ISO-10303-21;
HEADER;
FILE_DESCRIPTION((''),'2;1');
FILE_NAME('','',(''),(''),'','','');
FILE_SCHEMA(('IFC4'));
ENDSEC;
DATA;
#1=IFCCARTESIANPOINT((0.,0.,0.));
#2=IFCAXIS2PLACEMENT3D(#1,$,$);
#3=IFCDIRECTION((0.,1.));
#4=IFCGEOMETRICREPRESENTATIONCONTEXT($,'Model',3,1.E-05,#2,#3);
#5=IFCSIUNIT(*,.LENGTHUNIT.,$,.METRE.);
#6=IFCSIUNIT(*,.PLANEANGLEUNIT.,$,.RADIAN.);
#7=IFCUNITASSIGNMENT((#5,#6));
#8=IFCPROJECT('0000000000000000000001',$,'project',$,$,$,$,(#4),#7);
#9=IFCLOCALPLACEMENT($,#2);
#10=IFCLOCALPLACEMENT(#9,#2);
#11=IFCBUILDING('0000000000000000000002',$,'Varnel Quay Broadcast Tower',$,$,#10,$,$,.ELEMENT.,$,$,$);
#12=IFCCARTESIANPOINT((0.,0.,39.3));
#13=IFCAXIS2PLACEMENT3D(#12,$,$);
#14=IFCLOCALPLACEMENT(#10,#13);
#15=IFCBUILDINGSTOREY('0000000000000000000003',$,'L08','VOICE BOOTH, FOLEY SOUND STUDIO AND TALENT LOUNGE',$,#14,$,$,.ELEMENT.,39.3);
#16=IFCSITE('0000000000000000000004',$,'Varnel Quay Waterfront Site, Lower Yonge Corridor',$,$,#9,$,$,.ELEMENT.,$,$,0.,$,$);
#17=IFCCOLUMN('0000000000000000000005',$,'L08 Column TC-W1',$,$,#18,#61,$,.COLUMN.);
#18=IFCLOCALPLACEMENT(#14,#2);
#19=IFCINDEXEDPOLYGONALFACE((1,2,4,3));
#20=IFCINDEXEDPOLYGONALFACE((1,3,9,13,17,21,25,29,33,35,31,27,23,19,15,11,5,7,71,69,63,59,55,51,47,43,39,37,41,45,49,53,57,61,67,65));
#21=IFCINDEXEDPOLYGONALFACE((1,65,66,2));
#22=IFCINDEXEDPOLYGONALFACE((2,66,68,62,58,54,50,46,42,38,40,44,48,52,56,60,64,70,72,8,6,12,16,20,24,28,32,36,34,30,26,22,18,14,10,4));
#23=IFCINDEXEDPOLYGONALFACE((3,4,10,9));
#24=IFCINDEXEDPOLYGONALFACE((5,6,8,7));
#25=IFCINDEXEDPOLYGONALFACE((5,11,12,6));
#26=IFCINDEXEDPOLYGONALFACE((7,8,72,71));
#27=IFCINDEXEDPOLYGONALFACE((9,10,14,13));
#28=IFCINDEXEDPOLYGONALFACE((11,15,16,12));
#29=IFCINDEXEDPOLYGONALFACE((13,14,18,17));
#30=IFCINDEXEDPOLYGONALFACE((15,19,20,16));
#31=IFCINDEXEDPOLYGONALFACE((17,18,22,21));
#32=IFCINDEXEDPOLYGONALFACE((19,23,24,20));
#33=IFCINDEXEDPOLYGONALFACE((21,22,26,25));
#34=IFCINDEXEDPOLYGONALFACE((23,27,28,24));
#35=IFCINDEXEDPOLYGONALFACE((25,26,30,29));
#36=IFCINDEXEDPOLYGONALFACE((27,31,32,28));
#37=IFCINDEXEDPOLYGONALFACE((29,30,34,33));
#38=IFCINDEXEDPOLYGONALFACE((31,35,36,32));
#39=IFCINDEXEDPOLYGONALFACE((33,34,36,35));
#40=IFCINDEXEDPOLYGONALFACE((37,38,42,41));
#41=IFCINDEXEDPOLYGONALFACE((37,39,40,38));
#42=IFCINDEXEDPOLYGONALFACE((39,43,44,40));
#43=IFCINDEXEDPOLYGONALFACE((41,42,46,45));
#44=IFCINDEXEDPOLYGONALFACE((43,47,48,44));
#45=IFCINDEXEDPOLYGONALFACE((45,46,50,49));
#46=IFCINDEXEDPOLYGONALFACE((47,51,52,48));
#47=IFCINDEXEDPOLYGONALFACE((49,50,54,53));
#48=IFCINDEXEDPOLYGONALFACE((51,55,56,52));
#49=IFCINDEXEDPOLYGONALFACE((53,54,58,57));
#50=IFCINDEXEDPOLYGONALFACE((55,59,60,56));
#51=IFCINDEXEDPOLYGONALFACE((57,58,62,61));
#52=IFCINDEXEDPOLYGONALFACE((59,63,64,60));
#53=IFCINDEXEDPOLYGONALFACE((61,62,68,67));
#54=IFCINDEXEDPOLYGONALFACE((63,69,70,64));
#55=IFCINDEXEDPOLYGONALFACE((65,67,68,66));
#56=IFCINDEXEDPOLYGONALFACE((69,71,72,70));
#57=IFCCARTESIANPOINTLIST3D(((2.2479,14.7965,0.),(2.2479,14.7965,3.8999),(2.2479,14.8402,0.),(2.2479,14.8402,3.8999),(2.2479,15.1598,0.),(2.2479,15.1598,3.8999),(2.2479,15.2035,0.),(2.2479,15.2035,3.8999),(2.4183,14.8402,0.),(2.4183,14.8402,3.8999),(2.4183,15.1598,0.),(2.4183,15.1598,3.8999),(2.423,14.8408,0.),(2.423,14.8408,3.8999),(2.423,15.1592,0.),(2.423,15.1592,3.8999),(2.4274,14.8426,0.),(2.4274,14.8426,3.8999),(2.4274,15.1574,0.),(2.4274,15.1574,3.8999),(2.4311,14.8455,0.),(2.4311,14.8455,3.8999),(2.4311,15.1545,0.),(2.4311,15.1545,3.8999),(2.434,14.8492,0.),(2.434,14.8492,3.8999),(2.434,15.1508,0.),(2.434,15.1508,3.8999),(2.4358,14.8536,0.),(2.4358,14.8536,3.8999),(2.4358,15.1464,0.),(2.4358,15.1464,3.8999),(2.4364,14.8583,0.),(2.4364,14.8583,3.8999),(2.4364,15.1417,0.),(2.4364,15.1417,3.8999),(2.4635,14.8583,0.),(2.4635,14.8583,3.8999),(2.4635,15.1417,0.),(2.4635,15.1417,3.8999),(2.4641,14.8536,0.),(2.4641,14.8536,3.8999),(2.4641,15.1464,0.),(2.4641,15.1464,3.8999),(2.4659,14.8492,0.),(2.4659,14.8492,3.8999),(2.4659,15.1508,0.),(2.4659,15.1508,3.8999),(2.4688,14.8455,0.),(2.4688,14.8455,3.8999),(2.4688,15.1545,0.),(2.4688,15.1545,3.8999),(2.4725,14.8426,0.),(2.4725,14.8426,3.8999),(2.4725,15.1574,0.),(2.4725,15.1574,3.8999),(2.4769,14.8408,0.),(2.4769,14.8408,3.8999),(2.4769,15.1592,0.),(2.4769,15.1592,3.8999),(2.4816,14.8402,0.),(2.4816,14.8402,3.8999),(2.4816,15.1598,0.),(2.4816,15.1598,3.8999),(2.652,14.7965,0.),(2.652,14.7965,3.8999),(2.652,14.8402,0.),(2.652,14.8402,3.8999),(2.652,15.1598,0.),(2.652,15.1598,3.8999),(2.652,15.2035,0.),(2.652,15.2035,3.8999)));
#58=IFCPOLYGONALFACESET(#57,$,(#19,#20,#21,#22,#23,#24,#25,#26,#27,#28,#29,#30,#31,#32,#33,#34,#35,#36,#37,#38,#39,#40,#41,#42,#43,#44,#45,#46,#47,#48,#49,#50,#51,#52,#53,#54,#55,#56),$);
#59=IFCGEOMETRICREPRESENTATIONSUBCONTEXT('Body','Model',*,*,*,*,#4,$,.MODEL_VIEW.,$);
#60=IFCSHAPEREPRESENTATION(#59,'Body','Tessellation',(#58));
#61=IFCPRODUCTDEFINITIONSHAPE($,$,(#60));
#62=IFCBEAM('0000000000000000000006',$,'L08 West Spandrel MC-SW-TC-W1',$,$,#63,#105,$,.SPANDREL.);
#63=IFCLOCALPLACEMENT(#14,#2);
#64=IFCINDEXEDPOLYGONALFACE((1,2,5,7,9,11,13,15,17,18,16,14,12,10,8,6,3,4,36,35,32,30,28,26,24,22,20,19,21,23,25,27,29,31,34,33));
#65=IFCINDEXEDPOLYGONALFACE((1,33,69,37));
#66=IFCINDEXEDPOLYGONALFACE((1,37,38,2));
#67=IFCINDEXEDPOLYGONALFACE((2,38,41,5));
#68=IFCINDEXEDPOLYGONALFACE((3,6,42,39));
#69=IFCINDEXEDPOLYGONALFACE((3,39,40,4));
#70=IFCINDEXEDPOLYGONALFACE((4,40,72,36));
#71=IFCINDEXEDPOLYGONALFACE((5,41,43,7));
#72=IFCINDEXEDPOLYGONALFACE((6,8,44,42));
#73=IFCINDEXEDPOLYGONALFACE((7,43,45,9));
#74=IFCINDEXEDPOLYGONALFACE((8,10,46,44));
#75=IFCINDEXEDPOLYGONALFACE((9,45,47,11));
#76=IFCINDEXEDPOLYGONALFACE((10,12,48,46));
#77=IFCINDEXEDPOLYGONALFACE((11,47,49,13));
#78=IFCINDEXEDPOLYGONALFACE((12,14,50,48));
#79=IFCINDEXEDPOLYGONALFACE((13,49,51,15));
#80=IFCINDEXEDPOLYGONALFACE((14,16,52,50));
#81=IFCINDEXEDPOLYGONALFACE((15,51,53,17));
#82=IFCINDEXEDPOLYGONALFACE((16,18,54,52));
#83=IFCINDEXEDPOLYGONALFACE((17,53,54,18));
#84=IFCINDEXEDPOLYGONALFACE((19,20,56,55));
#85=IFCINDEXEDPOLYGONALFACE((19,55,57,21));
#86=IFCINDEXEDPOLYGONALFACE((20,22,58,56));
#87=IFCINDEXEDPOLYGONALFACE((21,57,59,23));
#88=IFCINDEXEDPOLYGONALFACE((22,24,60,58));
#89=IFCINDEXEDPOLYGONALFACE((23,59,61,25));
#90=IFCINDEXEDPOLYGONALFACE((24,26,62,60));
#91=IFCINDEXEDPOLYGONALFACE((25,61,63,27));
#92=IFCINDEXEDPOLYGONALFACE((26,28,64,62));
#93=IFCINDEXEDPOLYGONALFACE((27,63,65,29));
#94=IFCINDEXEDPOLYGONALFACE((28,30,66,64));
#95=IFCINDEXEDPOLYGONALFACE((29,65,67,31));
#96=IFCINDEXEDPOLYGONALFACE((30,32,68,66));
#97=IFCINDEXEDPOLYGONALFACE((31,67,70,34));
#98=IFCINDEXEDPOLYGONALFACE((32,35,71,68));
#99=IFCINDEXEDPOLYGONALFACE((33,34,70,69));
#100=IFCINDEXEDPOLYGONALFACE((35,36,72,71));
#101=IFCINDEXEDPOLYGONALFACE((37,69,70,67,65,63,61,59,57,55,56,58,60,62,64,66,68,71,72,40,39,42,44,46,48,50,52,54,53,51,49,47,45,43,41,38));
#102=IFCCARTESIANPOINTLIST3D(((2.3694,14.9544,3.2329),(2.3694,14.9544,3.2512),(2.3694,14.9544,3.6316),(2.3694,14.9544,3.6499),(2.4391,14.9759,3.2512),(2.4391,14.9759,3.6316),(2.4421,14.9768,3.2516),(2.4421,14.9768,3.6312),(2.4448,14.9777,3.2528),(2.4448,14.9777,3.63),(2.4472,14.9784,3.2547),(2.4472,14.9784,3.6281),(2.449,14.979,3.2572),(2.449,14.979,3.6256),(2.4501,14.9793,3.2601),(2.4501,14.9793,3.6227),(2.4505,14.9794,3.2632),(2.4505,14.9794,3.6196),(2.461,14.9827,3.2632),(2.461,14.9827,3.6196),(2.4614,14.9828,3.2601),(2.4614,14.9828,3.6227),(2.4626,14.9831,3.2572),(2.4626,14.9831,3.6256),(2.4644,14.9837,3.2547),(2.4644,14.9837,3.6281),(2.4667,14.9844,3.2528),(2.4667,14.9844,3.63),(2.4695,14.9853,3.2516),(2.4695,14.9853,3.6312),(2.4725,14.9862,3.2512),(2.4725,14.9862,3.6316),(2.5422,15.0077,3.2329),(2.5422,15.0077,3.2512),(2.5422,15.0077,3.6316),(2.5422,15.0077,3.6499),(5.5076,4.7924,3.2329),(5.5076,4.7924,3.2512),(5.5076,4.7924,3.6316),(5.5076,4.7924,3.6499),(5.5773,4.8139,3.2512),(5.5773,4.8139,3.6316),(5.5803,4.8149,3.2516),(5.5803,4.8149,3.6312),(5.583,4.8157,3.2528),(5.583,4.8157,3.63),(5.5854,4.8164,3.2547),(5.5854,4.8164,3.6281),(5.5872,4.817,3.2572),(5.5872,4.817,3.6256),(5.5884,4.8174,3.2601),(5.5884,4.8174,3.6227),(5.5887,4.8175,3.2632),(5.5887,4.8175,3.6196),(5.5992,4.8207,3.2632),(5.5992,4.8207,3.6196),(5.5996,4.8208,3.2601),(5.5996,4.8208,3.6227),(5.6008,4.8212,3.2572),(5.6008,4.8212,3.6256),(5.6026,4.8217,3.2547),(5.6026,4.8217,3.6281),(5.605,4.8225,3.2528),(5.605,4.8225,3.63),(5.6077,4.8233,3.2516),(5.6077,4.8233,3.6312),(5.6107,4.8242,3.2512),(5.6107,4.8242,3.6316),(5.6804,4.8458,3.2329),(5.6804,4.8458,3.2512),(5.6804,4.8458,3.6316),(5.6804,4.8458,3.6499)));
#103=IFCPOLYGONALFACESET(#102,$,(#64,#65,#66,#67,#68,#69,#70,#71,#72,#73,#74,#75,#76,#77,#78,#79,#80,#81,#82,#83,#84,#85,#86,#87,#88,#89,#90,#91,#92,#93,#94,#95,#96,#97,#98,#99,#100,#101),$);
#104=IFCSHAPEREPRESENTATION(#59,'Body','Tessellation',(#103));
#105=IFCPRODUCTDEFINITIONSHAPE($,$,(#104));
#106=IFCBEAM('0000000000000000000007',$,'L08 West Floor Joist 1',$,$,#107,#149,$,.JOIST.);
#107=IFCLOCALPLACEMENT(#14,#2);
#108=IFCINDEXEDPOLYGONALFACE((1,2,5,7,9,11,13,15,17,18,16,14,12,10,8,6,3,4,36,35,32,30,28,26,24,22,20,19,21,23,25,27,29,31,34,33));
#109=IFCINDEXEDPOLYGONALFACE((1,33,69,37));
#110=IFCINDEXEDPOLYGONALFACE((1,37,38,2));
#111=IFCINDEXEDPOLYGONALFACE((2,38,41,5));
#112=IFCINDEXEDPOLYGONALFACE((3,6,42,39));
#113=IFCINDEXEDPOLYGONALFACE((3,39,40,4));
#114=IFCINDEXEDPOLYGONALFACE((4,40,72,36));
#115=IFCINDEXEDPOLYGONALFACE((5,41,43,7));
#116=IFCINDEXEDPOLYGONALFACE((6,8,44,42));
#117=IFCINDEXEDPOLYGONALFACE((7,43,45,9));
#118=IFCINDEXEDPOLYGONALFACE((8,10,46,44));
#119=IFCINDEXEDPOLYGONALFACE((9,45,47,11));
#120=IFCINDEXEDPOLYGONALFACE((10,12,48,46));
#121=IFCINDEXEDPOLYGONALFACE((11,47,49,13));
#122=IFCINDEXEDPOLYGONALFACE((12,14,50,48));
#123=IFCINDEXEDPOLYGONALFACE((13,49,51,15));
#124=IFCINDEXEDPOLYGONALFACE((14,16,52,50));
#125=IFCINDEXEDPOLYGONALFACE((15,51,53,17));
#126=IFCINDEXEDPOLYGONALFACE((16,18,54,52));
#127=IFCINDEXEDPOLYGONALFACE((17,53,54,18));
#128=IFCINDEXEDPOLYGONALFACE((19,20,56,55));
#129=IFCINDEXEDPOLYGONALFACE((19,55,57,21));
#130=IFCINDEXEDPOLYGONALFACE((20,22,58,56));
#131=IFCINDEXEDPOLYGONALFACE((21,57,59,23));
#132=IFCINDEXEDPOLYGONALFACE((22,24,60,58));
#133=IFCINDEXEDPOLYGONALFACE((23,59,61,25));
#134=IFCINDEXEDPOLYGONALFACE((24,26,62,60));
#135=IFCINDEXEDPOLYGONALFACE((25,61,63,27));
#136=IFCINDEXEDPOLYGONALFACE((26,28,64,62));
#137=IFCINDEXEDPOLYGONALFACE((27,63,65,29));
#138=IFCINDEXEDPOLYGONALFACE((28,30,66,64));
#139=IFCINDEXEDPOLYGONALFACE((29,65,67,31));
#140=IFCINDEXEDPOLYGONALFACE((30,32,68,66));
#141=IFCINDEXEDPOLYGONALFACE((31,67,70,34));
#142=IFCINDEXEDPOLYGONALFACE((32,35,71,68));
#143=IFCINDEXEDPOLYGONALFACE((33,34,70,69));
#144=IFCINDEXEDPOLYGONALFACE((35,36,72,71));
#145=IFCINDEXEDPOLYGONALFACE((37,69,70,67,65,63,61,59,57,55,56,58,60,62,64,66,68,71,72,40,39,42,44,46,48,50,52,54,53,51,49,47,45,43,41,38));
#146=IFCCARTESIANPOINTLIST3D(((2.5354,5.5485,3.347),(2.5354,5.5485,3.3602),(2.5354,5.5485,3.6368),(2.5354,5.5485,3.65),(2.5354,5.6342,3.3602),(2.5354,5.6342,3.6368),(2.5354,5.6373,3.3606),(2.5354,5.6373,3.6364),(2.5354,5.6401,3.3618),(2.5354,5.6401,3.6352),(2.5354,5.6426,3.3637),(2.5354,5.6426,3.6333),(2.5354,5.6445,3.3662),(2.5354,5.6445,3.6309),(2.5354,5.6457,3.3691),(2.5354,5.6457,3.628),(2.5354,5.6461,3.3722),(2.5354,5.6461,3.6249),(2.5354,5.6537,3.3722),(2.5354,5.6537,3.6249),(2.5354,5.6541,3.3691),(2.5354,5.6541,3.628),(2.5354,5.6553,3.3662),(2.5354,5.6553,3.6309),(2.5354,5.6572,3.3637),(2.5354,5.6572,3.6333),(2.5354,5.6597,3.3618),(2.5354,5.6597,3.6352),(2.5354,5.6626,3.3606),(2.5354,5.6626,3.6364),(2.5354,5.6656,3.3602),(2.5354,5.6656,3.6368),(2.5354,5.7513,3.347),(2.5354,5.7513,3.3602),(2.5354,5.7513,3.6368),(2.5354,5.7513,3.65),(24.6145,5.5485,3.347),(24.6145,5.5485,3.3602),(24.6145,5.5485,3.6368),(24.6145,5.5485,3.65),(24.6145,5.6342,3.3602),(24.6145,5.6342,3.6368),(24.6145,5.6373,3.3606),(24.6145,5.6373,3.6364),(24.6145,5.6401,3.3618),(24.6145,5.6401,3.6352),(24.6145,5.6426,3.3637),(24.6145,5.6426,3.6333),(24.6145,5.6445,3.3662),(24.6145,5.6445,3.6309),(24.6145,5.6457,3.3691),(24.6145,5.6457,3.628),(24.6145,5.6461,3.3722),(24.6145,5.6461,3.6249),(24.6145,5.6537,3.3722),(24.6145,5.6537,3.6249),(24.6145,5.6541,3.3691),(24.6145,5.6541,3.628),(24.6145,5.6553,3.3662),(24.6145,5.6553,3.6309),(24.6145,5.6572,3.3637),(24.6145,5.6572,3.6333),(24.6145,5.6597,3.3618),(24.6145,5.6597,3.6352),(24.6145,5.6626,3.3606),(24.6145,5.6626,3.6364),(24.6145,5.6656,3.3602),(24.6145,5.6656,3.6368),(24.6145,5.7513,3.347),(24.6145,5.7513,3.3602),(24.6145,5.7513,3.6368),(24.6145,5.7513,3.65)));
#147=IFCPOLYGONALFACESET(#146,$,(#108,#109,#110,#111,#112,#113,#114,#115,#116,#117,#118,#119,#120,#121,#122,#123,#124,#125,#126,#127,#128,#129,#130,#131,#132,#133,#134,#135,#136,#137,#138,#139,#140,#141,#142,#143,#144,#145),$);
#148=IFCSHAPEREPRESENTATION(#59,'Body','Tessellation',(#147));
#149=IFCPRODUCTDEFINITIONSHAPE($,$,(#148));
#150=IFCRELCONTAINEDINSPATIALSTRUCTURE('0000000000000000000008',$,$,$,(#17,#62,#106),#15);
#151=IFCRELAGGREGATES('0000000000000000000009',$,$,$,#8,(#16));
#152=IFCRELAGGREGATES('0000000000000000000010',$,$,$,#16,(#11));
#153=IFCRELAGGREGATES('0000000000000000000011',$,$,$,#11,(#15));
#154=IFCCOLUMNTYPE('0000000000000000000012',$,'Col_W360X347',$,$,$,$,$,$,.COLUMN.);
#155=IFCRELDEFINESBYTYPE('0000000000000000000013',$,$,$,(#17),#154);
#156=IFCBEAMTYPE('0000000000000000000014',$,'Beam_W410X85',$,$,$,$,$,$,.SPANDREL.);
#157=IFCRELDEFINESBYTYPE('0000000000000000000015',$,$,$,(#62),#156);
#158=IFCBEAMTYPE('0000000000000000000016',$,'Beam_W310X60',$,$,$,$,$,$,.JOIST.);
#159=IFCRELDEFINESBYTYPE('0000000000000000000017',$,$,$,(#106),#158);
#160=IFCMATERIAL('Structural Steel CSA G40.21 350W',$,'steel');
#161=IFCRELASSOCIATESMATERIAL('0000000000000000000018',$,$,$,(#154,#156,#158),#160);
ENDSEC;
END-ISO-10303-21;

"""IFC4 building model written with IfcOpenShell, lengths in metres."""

from ifc_helpers import new_model, si_unit, direction, frame, origin, origin_2d, place, context, subcontext, project, spatial, i_section, extrude, source, transform, mapped, material, material_profile, profile_set, type_object, type_shapes, element, save


model = new_model("IFC4")

# Units and contexts
model_context = context("Model", 3, precision=1e-05, world=origin(), true_north=direction((0.0, 1.0)))
body_context = subcontext(model_context, "Body", "Model", "MODEL_VIEW")
ifc_project = project(units=[si_unit("LENGTHUNIT", "METRE"), si_unit("PLANEANGLEUNIT", "RADIAN")], contexts=[model_context])

# Site, building, storey
site_placement = place(None, origin())
site = spatial("IfcSite", under=ifc_project, at=site_placement, Name="Varnel Quay Waterfront Site, Lower Yonge Corridor", CompositionType="ELEMENT", RefElevation=0.0)
building_placement = place(site_placement, origin())
building = spatial("IfcBuilding", under=site, at=building_placement, Name="Varnel Quay Broadcast Tower", CompositionType="ELEMENT")
storey_placement = place(building_placement, frame((0.0, 0.0, 39.3)))
storey = spatial("IfcBuildingStorey", under=building, at=storey_placement, Name="L08", Description="VOICE BOOTH, FOLEY SOUND STUDIO AND TALENT LOUNGE", CompositionType="ELEMENT", Elevation=39.3)

# Column
ifc_material_1 = material(Name="Structural Steel CSA G40.21 350W", Category="steel")
ifc_material_profile_1 = material_profile(ifc_material_1, i_section(OverallWidth=0.4041, OverallDepth=0.407, WebThickness=0.0271, FlangeThickness=0.0437, FilletRadius=0.0181, at=origin_2d()), Name="W360X347")
ifc_profile_set_1 = profile_set([ifc_material_profile_1], Name="Structural Steel CSA G40.21 350W")
column_type = type_object("IfcColumnType", Name="Col_W360X347", PredefinedType="COLUMN", material=ifc_profile_set_1)
shared_shape_1 = source(origin(), body_context, "Body", "SweptSolid", [
    extrude(i_section(OverallWidth=0.4041, OverallDepth=0.407, WebThickness=0.0271, FlangeThickness=0.0437, FilletRadius=0.0181, at=origin_2d()), origin(), (0.0, 0.0, 1.0), 3.8999),
])
type_shapes(column_type, [shared_shape_1])
column_placement = place(storey_placement, frame((2.45, 15.0, 0.0), z_axis=(0.0, 0.0, 1.0), x_axis=(1.0, 0.0, 0.0)))
element("IfcColumn", 1, at=column_placement, inside=storey, type_object=column_type, Name="L08 Column TC-W1", PredefinedType="COLUMN", context=body_context, shape_type="MappedRepresentation", body=[
    mapped(shared_shape_1, transform((0.0, 0.0, 0.0), x_axis=(1.0, 0.0, 0.0), y_axis=(0.0, 1.0, 0.0), z_axis=(0.0, 0.0, 1.0), scale=1.0)),
])

# Beams
ifc_material_profile_2 = material_profile(ifc_material_1, i_section(OverallWidth=0.1809, OverallDepth=0.417, WebThickness=0.011, FlangeThickness=0.0183, FilletRadius=0.012, at=origin_2d()), Name="W410X85")
ifc_profile_set_2 = profile_set([ifc_material_profile_2], Name="Structural Steel CSA G40.21 350W")
beam_type_1 = type_object("IfcBeamType", Name="Beam_W410X85", PredefinedType="SPANDREL", material=ifc_profile_set_2)
shared_shape_2 = source(origin(), body_context, "Body", "SweptSolid", [
    extrude(i_section(OverallWidth=0.1809, OverallDepth=0.417, WebThickness=0.011, FlangeThickness=0.0183, FilletRadius=0.012, at=origin_2d()), origin(), (0.0, 0.0, 1.0), 10.6355),
])
type_shapes(beam_type_1, [shared_shape_2])
beam_1_placement = place(storey_placement, frame((5.594, 4.8191, 3.4414), z_axis=(-0.29507, 0.955476, 0.0), x_axis=(-0.955476, -0.29507, 0.0)))
element("IfcBeam", 2, at=beam_1_placement, inside=storey, type_object=beam_type_1, Name="L08 West Spandrel MC-SW-TC-W1", PredefinedType="SPANDREL", context=body_context, shape_type="MappedRepresentation", body=[
    mapped(shared_shape_2, transform((0.0, 0.0, 0.0), x_axis=(1.0, 0.0, 0.0), y_axis=(0.0, 1.0, 0.0), z_axis=(0.0, 0.0, 1.0), scale=1.0)),
])
ifc_material_profile_3 = material_profile(ifc_material_1, i_section(OverallWidth=0.2029, OverallDepth=0.303, WebThickness=0.0076, FlangeThickness=0.0132, FilletRadius=0.012, at=origin_2d()), Name="W310X60")
ifc_profile_set_3 = profile_set([ifc_material_profile_3], Name="Structural Steel CSA G40.21 350W")
beam_type_2 = type_object("IfcBeamType", Name="Beam_W310X60", PredefinedType="JOIST", material=ifc_profile_set_3)
shared_shape_3 = source(origin(), body_context, "Body", "SweptSolid", [
    extrude(i_section(OverallWidth=0.2029, OverallDepth=0.303, WebThickness=0.0076, FlangeThickness=0.0132, FilletRadius=0.012, at=origin_2d()), origin(), (0.0, 0.0, 1.0), 22.0791),
])
type_shapes(beam_type_2, [shared_shape_3])
for number, where, z_axis, x_axis, name in (
    (3, (2.5354, 5.6499, 3.4985), (1.0, 0.0, 0.0), (0.0, 1.0, 0.0), "L08 West Floor Joist 1"),
):
    element("IfcBeam", number, at=place(storey_placement, frame(where, z_axis=z_axis, x_axis=x_axis)), inside=storey, type_object=beam_type_2, Name=name, PredefinedType="JOIST", context=body_context, shape_type="MappedRepresentation", body=[
        mapped(shared_shape_3, transform((0.0, 0.0, 0.0), x_axis=(1.0, 0.0, 0.0), y_axis=(0.0, 1.0, 0.0), z_axis=(0.0, 0.0, 1.0), scale=1.0)),
    ])

save(model, "model.ifc")
